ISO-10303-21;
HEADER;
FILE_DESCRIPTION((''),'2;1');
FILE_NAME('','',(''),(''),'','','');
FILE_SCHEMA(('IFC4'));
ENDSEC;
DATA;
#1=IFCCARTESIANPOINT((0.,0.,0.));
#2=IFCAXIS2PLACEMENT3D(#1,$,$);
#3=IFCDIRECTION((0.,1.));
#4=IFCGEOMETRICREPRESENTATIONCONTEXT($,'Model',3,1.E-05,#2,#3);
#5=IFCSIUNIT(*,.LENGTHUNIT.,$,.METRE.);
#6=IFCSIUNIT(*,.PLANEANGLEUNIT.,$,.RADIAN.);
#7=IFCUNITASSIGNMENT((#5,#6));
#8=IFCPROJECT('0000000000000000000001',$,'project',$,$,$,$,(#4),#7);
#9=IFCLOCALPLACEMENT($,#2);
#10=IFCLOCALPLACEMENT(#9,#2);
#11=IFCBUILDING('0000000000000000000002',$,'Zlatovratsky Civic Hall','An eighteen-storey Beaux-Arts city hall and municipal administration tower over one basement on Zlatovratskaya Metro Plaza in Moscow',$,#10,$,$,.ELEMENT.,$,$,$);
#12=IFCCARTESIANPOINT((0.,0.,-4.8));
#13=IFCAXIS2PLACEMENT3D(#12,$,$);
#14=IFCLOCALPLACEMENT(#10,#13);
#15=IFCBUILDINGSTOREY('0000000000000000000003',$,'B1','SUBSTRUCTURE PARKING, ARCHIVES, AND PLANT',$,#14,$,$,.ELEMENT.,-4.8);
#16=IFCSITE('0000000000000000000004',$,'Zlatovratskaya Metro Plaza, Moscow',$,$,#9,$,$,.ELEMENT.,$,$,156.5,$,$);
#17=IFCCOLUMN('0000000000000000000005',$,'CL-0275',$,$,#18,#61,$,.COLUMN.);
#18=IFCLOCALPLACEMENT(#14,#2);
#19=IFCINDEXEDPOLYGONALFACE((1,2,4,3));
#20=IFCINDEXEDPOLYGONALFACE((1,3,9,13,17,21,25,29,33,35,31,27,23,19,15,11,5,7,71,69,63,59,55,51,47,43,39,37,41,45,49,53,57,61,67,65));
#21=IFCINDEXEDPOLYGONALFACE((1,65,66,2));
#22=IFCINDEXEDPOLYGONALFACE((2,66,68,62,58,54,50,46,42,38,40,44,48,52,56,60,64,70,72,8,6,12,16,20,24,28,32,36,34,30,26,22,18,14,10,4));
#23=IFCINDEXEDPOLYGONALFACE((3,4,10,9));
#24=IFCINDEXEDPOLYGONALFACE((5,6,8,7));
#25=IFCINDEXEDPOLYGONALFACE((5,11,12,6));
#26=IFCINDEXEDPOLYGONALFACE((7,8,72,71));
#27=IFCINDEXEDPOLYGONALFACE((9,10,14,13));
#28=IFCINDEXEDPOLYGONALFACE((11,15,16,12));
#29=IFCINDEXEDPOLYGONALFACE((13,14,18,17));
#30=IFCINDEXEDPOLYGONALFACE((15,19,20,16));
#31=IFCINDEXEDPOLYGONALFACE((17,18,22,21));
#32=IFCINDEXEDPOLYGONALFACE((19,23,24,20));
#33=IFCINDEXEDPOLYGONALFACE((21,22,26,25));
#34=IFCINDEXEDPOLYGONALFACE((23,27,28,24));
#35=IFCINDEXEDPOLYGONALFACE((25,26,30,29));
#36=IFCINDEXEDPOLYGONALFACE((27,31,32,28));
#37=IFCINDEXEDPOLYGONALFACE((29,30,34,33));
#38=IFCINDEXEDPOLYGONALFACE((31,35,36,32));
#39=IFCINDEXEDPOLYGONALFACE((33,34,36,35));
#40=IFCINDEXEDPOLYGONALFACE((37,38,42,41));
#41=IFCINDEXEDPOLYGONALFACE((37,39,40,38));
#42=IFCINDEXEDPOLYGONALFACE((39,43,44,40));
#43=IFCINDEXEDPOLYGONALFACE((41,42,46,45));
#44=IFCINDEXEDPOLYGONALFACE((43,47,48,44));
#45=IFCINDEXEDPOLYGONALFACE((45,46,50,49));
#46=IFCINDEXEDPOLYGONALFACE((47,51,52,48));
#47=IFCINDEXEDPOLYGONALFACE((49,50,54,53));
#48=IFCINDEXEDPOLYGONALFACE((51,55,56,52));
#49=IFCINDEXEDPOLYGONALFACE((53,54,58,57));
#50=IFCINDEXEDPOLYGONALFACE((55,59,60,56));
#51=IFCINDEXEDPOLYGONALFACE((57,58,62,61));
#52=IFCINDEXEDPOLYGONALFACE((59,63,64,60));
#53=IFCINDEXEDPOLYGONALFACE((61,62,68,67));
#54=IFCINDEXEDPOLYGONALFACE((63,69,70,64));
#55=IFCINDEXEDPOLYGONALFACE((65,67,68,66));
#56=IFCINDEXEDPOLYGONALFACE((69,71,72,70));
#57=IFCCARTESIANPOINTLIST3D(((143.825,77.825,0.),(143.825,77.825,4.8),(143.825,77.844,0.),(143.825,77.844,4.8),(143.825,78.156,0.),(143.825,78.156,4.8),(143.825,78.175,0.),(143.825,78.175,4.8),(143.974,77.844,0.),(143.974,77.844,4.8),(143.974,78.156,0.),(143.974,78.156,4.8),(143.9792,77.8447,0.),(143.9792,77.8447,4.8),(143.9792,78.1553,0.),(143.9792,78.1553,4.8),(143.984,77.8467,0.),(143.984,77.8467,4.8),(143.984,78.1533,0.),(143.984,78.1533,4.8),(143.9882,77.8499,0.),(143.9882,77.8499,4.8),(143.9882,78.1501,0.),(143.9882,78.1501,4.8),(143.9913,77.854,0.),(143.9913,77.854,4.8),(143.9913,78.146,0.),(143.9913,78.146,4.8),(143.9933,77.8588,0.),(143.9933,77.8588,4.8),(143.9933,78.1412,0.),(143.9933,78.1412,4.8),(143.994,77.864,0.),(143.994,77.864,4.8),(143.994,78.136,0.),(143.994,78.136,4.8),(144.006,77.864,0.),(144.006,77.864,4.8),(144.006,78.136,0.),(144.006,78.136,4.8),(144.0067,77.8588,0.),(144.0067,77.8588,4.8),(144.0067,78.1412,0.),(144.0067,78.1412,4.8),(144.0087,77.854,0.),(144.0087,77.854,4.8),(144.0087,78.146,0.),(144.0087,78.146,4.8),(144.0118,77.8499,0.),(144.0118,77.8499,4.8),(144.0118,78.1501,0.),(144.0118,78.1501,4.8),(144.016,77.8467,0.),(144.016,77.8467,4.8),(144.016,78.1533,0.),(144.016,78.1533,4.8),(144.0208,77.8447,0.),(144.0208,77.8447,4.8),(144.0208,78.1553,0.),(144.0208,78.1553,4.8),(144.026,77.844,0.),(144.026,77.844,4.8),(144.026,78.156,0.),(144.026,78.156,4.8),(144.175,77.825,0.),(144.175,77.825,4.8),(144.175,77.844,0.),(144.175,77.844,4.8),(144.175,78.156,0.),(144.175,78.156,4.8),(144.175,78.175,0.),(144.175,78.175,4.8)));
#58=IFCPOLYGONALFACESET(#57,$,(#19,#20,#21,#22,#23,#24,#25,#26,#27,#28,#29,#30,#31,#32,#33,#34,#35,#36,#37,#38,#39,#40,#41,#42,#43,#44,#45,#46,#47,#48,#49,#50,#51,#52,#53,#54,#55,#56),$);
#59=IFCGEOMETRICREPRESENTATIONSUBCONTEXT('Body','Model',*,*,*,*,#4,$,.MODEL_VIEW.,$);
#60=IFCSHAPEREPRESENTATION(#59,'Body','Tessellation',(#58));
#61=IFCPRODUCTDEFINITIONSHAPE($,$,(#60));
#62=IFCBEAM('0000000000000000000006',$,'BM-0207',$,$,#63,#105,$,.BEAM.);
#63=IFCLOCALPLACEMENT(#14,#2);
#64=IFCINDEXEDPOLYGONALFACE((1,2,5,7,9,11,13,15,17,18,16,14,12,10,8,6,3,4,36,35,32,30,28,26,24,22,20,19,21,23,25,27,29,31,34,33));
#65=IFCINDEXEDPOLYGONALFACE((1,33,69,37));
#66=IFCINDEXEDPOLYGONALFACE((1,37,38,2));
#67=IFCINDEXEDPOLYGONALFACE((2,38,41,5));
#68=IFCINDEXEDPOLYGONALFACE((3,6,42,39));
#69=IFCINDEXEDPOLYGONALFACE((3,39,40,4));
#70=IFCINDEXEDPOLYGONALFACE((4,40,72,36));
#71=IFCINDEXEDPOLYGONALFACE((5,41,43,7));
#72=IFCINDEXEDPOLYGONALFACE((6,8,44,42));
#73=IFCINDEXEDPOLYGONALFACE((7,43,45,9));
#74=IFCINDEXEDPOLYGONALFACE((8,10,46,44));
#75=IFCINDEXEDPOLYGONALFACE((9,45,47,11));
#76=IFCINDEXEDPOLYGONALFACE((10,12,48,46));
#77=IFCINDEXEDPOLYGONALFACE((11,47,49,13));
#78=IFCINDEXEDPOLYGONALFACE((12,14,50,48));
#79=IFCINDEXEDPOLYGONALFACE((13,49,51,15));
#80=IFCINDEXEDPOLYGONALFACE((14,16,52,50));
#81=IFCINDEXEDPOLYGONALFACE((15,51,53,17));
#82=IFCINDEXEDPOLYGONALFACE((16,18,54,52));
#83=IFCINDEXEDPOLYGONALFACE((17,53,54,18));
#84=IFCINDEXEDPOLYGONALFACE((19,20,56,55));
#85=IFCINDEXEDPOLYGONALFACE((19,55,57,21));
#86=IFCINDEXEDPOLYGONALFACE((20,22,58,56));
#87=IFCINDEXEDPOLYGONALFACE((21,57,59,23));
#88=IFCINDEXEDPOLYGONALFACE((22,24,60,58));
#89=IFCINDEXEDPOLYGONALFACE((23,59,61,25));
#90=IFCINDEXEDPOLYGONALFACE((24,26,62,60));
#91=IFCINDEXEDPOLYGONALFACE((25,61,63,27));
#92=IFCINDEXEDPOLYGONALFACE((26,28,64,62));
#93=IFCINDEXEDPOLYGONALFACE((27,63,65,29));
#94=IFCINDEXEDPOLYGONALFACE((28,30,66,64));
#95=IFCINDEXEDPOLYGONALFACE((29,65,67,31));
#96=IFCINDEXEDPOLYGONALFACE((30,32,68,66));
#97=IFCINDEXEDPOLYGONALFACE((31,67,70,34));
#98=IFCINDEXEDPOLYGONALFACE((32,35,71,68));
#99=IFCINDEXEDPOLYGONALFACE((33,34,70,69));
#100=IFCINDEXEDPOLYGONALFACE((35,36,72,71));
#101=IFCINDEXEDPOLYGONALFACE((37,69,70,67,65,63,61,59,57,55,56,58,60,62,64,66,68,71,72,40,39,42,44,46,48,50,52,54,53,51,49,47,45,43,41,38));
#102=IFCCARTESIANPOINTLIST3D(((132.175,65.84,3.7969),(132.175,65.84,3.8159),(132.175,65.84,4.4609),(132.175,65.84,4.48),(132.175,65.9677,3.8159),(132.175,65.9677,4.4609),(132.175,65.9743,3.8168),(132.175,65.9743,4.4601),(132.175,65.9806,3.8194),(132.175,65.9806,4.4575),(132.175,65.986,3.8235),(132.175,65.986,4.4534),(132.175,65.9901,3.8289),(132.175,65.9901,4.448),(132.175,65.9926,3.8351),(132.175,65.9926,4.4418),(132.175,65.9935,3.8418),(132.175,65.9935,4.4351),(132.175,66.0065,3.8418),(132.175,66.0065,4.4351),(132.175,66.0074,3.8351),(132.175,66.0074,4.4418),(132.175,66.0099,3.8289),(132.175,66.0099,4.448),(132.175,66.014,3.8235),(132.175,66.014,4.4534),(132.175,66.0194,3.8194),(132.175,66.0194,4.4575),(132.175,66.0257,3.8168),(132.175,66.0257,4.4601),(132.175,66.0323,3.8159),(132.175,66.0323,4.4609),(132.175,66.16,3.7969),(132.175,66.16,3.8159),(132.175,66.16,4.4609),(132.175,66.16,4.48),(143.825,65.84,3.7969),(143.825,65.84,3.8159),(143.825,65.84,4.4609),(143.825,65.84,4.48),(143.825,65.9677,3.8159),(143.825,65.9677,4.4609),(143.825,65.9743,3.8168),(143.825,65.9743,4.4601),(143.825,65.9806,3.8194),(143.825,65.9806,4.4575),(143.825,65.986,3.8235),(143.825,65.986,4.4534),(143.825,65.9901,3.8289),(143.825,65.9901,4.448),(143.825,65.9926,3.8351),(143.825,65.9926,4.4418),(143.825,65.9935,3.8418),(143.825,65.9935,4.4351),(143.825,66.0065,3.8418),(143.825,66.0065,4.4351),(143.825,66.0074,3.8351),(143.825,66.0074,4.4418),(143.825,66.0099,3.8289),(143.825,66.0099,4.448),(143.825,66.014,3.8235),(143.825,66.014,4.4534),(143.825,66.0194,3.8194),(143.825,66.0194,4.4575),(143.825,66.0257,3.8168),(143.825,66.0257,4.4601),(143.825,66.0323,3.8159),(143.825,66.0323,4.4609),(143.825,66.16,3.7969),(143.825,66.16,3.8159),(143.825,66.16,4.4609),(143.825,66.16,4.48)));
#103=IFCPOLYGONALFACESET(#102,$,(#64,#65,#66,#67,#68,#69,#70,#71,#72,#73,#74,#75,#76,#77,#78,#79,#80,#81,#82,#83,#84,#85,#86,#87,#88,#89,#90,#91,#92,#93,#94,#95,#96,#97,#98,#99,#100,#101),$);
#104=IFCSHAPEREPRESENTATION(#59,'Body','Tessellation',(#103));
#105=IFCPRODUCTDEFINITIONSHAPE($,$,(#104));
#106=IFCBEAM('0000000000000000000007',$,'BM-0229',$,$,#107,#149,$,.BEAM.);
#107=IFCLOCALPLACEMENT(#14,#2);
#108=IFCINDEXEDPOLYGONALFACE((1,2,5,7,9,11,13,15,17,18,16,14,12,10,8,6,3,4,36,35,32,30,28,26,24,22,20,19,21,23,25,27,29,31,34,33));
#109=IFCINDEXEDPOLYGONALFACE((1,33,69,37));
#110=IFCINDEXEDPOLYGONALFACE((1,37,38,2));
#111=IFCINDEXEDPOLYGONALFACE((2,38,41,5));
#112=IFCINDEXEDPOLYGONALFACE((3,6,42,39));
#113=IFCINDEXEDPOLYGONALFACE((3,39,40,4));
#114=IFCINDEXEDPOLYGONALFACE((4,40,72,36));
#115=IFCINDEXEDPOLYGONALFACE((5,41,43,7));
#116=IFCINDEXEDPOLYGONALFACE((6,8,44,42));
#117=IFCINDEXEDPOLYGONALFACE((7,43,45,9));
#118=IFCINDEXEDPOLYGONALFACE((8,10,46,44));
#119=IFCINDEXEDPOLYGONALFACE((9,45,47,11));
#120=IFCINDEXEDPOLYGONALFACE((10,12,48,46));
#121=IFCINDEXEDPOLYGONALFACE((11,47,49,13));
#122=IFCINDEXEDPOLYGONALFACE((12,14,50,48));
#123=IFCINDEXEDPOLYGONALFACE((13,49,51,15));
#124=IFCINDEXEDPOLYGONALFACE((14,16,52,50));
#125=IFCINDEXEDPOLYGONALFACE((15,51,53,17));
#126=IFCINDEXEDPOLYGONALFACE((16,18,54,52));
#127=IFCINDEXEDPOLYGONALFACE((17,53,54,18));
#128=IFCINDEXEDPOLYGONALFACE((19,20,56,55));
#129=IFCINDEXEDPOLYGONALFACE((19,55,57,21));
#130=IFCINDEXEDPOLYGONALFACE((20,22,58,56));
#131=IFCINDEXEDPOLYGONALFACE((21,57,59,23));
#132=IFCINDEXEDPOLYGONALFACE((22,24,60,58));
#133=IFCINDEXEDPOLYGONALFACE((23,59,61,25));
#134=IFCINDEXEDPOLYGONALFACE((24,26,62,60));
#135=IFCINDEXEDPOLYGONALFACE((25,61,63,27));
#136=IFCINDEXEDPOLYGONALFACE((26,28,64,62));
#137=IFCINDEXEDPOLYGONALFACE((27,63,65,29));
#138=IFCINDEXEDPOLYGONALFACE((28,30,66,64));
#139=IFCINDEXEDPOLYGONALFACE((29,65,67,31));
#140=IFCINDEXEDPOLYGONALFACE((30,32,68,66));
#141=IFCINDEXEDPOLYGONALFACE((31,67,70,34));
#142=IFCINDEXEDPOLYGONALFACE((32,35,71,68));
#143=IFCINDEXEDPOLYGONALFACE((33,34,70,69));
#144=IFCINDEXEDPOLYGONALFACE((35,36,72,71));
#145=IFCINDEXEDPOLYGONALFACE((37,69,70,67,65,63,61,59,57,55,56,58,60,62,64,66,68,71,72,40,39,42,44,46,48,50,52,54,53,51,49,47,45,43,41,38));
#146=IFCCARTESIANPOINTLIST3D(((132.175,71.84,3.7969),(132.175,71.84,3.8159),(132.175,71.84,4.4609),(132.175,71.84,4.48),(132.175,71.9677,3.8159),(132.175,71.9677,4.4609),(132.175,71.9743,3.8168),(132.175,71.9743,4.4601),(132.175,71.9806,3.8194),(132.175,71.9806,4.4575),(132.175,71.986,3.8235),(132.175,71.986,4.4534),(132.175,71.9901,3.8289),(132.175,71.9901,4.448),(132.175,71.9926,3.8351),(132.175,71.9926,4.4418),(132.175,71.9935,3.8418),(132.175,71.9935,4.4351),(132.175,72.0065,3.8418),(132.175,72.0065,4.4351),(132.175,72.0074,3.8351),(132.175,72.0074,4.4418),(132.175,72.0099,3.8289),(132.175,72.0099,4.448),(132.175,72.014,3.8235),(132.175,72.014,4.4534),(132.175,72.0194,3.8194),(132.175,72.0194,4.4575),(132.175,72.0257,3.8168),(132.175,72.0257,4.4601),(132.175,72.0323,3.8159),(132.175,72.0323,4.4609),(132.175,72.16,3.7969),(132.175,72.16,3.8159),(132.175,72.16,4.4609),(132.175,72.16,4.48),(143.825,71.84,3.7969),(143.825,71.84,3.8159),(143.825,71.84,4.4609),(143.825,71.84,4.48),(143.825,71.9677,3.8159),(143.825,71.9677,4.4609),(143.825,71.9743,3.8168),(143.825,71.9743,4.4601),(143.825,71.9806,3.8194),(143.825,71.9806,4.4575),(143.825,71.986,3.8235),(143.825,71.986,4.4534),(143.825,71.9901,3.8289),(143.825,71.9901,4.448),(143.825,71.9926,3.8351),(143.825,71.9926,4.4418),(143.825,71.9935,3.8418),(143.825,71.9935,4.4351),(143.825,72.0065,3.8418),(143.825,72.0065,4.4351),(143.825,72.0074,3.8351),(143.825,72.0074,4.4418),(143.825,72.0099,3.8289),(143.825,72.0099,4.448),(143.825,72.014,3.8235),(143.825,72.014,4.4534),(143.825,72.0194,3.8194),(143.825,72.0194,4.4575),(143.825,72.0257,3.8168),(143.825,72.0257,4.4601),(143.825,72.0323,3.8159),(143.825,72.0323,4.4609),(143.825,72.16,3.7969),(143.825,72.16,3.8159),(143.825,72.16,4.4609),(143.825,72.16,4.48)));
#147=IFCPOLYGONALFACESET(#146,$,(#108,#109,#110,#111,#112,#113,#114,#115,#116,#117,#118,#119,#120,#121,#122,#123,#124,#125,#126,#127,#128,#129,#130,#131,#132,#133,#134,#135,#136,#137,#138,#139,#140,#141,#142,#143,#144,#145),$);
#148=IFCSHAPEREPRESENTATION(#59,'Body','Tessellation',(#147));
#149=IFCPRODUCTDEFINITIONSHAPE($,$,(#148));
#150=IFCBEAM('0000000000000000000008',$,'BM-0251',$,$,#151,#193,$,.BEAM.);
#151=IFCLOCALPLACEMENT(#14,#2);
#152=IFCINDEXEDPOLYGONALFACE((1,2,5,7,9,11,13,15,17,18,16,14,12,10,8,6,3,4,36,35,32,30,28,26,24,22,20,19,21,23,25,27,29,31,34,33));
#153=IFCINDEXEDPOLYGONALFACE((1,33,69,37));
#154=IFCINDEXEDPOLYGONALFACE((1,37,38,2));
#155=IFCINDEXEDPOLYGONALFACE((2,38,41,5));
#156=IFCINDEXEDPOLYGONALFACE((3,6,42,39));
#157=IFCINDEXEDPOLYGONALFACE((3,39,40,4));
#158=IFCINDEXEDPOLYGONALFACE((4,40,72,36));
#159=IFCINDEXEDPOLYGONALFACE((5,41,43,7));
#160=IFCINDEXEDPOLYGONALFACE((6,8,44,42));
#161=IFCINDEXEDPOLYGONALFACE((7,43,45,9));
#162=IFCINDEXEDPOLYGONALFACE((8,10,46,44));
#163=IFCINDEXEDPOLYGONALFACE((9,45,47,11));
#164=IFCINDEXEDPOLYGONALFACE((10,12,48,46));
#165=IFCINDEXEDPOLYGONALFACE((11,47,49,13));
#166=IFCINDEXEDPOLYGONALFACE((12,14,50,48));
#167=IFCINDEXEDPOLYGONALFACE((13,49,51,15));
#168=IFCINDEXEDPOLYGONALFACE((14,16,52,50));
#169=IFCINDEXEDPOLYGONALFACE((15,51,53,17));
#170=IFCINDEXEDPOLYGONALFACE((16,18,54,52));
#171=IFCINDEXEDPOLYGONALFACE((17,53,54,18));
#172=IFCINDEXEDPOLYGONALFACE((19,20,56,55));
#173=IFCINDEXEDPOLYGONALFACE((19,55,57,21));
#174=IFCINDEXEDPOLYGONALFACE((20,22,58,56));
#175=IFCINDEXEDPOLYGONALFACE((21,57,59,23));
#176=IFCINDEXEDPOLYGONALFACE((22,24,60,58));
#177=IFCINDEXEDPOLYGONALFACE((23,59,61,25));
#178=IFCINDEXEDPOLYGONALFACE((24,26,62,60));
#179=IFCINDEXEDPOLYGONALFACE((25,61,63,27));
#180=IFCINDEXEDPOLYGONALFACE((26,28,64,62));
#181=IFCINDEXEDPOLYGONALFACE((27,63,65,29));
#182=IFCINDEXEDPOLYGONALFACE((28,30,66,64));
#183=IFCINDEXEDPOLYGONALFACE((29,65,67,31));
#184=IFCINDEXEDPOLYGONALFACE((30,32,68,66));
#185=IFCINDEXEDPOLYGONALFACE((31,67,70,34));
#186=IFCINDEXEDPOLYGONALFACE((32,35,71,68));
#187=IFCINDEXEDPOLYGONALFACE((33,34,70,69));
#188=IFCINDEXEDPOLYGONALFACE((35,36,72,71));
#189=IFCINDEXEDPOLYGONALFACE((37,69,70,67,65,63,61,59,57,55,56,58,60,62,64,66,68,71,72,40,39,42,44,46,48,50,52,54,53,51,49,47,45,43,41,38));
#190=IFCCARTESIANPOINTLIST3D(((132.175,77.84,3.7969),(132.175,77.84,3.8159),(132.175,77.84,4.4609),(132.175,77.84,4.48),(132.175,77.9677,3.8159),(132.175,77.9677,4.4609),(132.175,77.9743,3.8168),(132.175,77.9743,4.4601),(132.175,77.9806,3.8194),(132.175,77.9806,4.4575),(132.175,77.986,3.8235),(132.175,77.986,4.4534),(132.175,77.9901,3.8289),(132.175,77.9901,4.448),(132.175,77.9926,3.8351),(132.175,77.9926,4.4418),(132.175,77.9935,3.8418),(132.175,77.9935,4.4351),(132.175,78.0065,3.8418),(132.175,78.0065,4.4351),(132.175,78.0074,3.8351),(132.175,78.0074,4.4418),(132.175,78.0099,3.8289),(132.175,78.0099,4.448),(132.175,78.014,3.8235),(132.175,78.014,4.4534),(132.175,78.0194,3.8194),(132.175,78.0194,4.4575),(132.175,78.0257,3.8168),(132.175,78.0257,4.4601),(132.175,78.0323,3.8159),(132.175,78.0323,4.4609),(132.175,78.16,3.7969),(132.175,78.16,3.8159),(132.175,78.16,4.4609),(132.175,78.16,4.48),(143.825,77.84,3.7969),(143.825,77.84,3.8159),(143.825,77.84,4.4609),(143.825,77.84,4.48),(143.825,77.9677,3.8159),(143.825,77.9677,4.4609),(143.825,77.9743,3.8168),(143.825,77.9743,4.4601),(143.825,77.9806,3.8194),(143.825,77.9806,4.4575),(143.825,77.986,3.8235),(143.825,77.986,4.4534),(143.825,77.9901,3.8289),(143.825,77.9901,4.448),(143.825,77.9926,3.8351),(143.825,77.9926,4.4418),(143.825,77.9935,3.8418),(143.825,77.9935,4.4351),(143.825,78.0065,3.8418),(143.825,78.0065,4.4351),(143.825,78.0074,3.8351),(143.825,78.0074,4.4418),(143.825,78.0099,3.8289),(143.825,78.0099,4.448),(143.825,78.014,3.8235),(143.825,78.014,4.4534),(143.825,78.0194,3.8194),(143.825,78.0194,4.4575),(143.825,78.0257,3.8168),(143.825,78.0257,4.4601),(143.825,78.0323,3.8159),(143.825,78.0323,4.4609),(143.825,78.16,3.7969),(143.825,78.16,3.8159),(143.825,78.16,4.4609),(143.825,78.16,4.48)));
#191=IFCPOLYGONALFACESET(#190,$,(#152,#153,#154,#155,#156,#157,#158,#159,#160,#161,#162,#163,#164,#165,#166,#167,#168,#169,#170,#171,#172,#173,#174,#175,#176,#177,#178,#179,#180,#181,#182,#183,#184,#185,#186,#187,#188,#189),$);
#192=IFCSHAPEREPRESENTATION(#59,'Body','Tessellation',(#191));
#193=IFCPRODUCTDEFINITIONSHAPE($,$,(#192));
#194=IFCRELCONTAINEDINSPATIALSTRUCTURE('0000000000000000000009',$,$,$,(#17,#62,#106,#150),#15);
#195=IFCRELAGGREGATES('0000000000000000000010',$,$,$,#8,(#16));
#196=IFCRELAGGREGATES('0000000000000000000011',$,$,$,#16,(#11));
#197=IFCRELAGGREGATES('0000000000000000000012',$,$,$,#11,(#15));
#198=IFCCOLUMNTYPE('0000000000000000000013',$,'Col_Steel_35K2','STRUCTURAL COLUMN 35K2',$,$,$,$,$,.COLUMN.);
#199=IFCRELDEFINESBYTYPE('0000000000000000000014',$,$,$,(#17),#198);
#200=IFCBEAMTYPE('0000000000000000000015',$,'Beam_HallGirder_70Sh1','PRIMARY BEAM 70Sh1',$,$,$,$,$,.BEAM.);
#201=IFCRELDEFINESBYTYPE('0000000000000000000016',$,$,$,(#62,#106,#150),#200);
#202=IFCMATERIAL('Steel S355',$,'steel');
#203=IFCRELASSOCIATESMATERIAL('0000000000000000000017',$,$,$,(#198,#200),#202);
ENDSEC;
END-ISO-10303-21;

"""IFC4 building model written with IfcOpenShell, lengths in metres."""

from ifc_helpers import new_model, si_unit, direction, frame, origin, origin_2d, place, context, subcontext, project, spatial, i_section, extrude, material, material_profile, profile_set, type_object, element, save


model = new_model("IFC4")

# Units and contexts
model_context = context("Model", 3, precision=1e-05, world=origin(), true_north=direction((0.0, 1.0)))
body_context = subcontext(model_context, "Body", "Model", "MODEL_VIEW")
ifc_project = project(units=[si_unit("LENGTHUNIT", "METRE"), si_unit("PLANEANGLEUNIT", "RADIAN")], contexts=[model_context])

# Site, building, storey
site_placement = place(None, origin())
site = spatial("IfcSite", under=ifc_project, at=site_placement, Name="Zlatovratskaya Metro Plaza, Moscow", CompositionType="ELEMENT", RefElevation=156.5)
building_placement = place(site_placement, origin())
building = spatial("IfcBuilding", under=site, at=building_placement, Name="Zlatovratsky Civic Hall", Description="An eighteen-storey Beaux-Arts city hall and municipal administration tower over one basement on Zlatovratskaya Metro Plaza in Moscow", CompositionType="ELEMENT")
storey_placement = place(building_placement, frame((0.0, 0.0, -4.8)))
storey = spatial("IfcBuildingStorey", under=building, at=storey_placement, Name="B1", Description="SUBSTRUCTURE PARKING, ARCHIVES, AND PLANT", CompositionType="ELEMENT", Elevation=-4.8)

# Column
ifc_material_1 = material(Name="Steel S355", Category="steel")
ifc_material_profile_1 = material_profile(ifc_material_1, i_section(OverallWidth=0.3501, OverallDepth=0.3501, WebThickness=0.012, FlangeThickness=0.019, FilletRadius=0.02, at=origin_2d()), Name="35K2")
ifc_profile_set_1 = profile_set([ifc_material_profile_1], Name="Steel S355")
column_type = type_object("IfcColumnType", Name="Col_Steel_35K2", Description="STRUCTURAL COLUMN 35K2", PredefinedType="COLUMN", material=ifc_profile_set_1)
for number, where, z_axis, x_axis, name in (
    (1, (144.0, 78.0, 0.0), (0.0, 0.0, 1.0), (1.0, 0.0, 0.0), "CL-0275"),
):
    element("IfcColumn", number, at=place(storey_placement, frame(where, z_axis=z_axis, x_axis=x_axis)), inside=storey, type_object=column_type, Name=name, PredefinedType="COLUMN", context=body_context, shape_type="SweptSolid", body=[
        extrude(i_section(OverallWidth=0.3501, OverallDepth=0.3501, WebThickness=0.012, FlangeThickness=0.019, FilletRadius=0.02, at=origin_2d()), origin(), (0.0, 0.0, 1.0), 4.8),
    ])

# Beams
ifc_material_profile_2 = material_profile(ifc_material_1, i_section(OverallWidth=0.3201, OverallDepth=0.6831, WebThickness=0.0129, FlangeThickness=0.019, FilletRadius=0.0259, at=origin_2d()), Name="70Sh1")
ifc_profile_set_2 = profile_set([ifc_material_profile_2], Name="Steel S355")
beam_type_1 = type_object("IfcBeamType", Name="Beam_HallGirder_70Sh1", Description="PRIMARY BEAM 70Sh1", PredefinedType="BEAM", material=ifc_profile_set_2)
for number, where, z_axis, x_axis, name in (
    (2, (132.175, 66.0, 4.1384), (1.0, 0.0, 0.0), (0.0, 1.0, 0.0), "BM-0207"),
    (3, (132.175, 72.0, 4.1384), (1.0, 0.0, 0.0), (0.0, 1.0, 0.0), "BM-0229"),
    (4, (132.175, 78.0, 4.1384), (1.0, 0.0, 0.0), (0.0, 1.0, 0.0), "BM-0251"),
):
    element("IfcBeam", number, at=place(storey_placement, frame(where, z_axis=z_axis, x_axis=x_axis)), inside=storey, type_object=beam_type_1, Name=name, PredefinedType="BEAM", context=body_context, shape_type="SweptSolid", body=[
        extrude(i_section(OverallWidth=0.3201, OverallDepth=0.6831, WebThickness=0.0129, FlangeThickness=0.019, FilletRadius=0.0259, at=origin_2d()), origin(), (0.0, 0.0, 1.0), 11.6499),
    ])

save(model, "model.ifc")
